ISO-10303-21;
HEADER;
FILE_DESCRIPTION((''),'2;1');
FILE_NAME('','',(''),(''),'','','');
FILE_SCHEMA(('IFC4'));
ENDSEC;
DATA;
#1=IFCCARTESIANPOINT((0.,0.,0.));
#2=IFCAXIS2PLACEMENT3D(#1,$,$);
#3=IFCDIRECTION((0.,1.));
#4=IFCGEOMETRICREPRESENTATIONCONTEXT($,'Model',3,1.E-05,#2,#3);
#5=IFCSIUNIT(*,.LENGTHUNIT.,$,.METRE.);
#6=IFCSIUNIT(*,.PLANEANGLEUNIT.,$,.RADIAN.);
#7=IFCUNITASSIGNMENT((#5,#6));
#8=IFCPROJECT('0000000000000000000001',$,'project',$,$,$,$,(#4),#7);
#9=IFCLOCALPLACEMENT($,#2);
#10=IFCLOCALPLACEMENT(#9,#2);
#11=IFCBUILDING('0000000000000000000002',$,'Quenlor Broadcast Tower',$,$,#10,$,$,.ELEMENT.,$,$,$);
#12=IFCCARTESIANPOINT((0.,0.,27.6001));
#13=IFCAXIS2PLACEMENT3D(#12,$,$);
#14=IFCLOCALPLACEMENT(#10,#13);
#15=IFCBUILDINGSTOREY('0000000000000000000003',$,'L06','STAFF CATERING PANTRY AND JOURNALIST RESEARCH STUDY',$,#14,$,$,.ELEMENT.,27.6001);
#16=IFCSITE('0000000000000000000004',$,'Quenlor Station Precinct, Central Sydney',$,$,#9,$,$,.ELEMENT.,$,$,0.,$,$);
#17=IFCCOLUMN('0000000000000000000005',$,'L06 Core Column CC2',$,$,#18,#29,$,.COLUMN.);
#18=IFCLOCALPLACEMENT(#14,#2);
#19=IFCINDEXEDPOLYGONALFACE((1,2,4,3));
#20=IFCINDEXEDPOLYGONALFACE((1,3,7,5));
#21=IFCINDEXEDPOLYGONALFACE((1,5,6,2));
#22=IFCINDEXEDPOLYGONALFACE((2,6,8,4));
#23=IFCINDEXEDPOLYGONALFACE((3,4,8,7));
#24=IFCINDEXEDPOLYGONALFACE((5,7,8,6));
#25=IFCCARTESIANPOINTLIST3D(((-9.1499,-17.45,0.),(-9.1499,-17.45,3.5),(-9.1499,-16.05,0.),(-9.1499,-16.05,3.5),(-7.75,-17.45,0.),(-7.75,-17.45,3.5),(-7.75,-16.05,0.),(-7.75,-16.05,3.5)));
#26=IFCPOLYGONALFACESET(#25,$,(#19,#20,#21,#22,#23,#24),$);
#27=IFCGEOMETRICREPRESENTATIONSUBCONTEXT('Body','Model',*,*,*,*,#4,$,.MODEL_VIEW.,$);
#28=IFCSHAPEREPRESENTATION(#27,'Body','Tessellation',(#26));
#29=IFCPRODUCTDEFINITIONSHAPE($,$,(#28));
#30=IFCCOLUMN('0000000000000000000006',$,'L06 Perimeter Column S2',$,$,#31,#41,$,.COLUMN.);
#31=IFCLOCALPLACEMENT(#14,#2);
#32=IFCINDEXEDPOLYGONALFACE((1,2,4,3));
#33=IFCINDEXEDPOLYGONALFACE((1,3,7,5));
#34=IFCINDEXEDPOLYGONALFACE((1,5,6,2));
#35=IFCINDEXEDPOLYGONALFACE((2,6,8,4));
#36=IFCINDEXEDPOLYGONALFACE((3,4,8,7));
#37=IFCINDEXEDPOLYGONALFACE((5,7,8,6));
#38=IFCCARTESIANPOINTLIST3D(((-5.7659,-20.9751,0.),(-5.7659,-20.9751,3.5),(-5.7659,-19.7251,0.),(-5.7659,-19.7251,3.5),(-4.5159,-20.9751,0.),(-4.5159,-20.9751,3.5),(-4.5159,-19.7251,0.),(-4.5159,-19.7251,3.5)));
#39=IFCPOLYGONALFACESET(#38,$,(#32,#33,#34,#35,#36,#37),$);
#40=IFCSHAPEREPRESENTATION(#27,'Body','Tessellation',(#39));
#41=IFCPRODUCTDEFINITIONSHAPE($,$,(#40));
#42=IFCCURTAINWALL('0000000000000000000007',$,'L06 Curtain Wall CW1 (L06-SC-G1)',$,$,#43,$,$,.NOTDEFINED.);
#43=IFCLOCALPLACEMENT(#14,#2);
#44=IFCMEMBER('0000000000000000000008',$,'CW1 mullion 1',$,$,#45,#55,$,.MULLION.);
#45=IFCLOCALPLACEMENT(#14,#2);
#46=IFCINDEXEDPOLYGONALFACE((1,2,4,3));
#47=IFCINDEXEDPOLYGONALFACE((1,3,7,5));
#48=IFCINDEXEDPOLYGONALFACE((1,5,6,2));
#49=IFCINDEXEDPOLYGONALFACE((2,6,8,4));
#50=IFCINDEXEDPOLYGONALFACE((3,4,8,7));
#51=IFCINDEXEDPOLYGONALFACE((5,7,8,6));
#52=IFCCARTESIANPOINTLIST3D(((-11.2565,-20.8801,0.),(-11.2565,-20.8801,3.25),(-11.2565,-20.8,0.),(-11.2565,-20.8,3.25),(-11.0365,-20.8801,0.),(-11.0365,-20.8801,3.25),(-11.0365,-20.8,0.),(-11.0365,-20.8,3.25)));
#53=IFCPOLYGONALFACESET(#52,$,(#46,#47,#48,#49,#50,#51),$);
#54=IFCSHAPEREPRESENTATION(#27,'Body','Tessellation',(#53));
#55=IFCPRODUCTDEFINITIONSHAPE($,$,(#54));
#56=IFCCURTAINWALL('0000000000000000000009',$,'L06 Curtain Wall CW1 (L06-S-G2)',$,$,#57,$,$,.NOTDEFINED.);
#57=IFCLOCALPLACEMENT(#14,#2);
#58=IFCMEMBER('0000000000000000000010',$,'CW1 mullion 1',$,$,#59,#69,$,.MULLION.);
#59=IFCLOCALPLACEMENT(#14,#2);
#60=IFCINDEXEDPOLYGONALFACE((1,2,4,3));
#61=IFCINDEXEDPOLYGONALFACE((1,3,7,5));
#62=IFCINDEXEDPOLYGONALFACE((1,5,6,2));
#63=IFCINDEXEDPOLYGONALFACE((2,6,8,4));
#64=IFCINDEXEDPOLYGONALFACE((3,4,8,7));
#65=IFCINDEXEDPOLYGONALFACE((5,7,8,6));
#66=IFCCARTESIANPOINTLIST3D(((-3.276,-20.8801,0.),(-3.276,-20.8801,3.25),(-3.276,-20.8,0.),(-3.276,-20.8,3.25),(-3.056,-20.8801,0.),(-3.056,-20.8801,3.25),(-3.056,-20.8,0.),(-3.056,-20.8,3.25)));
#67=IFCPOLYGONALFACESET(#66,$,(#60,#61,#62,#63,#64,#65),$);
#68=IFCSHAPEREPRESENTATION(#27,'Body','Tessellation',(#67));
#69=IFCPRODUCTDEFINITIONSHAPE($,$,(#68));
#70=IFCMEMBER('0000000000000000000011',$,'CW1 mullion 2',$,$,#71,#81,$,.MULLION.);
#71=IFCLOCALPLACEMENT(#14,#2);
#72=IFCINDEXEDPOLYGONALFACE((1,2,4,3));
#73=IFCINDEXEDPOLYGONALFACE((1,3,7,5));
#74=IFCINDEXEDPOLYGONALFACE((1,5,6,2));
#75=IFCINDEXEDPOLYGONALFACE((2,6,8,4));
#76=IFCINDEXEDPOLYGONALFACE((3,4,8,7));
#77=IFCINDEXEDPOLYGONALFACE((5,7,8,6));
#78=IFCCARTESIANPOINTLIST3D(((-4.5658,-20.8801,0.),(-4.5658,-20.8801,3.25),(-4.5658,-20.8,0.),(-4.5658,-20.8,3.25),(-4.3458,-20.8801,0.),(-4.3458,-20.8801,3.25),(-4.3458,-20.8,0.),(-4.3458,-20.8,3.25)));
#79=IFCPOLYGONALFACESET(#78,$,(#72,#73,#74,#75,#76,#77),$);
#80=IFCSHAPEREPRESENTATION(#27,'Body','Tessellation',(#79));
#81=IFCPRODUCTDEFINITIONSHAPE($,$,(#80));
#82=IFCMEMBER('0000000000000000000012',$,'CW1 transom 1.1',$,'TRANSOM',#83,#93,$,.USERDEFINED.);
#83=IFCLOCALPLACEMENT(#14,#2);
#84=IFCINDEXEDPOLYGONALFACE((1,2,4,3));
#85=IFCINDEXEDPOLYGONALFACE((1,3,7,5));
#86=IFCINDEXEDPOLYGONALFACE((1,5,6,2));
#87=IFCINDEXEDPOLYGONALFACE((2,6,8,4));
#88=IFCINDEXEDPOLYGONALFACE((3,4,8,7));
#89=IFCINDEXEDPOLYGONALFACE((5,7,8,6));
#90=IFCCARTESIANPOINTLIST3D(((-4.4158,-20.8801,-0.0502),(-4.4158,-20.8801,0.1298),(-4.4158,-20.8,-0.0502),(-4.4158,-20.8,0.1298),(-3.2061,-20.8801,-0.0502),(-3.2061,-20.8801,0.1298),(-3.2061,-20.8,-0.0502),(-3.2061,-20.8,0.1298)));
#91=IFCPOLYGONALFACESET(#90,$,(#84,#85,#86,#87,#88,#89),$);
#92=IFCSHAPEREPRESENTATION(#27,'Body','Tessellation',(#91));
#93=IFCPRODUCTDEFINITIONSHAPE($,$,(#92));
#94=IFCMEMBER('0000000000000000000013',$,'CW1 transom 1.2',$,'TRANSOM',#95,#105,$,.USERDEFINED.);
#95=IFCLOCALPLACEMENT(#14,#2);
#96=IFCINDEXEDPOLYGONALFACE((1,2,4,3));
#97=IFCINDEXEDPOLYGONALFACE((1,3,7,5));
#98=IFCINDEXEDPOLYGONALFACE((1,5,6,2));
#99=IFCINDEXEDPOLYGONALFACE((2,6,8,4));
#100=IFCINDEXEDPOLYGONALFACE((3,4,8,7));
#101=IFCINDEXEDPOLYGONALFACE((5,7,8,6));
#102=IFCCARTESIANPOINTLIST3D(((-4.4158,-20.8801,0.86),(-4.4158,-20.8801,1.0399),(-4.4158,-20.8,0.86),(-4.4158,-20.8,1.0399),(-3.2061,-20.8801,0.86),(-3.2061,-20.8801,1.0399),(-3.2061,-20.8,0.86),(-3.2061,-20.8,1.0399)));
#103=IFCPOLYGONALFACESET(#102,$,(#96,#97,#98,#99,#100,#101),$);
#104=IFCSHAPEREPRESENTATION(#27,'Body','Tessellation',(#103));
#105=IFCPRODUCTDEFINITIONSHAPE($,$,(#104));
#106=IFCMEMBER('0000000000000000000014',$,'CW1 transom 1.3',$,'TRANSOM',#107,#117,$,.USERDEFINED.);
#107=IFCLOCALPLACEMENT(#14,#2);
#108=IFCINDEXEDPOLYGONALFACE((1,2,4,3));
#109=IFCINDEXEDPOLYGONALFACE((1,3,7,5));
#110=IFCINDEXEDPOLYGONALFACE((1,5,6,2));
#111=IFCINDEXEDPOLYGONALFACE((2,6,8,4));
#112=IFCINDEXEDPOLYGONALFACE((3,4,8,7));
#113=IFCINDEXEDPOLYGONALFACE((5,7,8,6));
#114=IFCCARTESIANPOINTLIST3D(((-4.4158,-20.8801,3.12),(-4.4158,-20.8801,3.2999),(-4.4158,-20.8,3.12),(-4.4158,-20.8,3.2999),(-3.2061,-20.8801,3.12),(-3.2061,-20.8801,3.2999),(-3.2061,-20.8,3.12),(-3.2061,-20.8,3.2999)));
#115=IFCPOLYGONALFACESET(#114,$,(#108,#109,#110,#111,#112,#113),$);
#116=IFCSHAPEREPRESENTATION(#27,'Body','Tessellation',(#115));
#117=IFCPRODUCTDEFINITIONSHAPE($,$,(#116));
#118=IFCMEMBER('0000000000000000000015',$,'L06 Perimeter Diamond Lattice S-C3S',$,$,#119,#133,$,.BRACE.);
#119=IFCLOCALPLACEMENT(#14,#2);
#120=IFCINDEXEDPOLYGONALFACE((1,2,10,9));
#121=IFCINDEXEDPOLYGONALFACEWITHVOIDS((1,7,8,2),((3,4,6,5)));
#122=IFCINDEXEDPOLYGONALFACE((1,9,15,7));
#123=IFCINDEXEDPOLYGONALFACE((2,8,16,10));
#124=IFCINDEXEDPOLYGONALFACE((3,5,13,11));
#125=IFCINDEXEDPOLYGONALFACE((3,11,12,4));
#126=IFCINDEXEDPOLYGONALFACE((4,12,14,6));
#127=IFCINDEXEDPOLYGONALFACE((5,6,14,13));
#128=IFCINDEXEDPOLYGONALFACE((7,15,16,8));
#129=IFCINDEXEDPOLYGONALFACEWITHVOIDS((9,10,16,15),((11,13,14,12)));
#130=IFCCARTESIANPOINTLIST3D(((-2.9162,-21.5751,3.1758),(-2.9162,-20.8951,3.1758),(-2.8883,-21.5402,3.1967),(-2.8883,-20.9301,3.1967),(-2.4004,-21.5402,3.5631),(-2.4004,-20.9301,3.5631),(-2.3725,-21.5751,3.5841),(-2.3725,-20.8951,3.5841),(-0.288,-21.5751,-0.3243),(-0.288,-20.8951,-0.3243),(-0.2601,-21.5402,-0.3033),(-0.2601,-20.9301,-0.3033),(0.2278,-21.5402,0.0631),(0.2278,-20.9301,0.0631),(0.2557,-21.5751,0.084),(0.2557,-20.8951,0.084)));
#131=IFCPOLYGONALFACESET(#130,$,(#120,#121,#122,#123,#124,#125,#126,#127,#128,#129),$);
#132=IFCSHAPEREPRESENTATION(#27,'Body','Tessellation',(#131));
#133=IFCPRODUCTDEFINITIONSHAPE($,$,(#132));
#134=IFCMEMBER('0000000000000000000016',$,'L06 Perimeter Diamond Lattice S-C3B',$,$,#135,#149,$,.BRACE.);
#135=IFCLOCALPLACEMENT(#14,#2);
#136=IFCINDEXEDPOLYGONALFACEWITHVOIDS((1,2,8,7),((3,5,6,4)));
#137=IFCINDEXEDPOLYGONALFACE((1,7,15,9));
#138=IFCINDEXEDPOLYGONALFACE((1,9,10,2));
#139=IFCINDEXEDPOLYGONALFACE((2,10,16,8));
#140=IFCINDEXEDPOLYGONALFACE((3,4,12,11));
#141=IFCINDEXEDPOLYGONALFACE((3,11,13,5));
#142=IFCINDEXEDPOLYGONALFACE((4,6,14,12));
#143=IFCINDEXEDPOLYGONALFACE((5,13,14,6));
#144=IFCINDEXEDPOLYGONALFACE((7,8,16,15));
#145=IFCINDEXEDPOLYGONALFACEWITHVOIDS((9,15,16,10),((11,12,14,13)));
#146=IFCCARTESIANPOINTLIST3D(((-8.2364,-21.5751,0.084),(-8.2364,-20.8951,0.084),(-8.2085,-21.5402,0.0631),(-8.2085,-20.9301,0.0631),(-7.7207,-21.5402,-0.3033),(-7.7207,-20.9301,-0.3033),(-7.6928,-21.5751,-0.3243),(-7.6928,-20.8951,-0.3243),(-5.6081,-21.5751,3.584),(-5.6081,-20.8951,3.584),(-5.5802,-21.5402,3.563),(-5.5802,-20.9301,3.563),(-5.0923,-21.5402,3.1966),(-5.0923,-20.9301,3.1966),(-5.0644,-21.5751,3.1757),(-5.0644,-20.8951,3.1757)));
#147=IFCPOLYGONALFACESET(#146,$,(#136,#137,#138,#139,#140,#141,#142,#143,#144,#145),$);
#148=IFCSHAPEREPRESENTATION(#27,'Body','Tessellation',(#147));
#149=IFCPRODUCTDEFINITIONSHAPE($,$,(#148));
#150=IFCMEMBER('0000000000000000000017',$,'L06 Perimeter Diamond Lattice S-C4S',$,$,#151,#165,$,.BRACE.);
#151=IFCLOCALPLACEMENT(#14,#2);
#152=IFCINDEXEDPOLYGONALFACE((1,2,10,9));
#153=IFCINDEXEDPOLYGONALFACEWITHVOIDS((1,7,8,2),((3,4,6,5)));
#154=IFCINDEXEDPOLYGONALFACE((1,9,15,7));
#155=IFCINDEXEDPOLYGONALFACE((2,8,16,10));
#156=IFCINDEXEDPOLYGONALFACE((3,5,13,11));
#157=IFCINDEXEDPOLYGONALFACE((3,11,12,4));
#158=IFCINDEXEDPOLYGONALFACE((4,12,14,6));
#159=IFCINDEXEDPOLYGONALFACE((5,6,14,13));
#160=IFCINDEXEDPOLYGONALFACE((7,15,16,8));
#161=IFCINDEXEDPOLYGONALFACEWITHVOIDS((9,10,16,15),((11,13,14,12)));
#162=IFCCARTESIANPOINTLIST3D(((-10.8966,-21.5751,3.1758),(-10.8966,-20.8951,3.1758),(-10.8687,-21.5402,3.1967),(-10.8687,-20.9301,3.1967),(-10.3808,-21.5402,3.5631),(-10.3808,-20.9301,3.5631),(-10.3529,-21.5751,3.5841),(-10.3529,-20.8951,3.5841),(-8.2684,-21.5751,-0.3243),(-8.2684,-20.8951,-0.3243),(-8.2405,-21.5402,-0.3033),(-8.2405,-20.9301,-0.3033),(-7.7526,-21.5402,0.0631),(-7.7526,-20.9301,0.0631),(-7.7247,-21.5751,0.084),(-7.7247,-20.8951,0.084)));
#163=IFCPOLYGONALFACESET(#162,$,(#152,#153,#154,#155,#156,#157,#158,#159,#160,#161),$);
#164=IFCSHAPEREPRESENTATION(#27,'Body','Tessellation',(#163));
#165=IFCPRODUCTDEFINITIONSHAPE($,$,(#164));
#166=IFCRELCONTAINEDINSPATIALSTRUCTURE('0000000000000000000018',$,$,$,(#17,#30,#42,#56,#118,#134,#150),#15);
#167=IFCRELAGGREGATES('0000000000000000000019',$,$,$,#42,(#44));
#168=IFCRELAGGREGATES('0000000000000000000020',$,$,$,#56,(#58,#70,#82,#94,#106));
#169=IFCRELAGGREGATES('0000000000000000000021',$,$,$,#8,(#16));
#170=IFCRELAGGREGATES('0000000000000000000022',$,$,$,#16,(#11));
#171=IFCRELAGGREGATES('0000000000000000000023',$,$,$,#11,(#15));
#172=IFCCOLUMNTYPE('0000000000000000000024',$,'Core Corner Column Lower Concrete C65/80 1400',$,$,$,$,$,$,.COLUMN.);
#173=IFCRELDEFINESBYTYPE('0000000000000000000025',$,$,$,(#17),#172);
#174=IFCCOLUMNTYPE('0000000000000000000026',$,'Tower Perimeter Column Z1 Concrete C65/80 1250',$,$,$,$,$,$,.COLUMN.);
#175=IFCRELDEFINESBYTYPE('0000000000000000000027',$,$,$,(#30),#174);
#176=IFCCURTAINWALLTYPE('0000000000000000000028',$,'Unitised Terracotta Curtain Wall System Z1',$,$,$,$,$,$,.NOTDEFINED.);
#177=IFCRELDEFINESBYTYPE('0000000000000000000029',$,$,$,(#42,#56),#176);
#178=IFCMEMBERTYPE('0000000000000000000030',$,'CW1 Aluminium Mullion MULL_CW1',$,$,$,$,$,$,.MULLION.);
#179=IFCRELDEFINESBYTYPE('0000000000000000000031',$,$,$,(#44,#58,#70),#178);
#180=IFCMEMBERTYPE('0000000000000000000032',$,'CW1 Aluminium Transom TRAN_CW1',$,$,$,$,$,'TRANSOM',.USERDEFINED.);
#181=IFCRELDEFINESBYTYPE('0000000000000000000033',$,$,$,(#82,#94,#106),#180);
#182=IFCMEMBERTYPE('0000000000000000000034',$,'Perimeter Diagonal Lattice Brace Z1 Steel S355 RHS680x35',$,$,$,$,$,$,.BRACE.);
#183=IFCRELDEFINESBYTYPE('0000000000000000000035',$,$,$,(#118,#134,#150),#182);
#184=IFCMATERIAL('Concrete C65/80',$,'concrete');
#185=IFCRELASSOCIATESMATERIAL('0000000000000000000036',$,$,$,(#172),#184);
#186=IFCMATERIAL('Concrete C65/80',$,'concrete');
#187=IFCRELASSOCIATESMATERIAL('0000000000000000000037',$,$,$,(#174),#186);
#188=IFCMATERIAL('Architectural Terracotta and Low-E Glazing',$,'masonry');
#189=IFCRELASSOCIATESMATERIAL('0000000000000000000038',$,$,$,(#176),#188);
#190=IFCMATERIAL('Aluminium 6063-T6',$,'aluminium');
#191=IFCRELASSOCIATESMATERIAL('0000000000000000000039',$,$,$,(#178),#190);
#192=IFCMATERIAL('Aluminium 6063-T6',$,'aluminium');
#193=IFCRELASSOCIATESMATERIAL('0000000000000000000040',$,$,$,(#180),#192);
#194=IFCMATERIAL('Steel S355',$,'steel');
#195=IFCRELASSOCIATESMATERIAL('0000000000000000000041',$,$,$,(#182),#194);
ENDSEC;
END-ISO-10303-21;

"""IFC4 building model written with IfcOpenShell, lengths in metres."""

from ifc_helpers import new_model, si_unit, direction, frame, origin, origin_2d, place, context, subcontext, project, spatial, rectangle, hollow_rectangle, extrude, material, material_profile, profile_set, type_object, element, aggregate, save


model = new_model("IFC4")

# Units and contexts
model_context = context("Model", 3, precision=1e-05, world=origin(), true_north=direction((0.0, 1.0)))
body_context = subcontext(model_context, "Body", "Model", "MODEL_VIEW")
ifc_project = project(units=[si_unit("LENGTHUNIT", "METRE"), si_unit("PLANEANGLEUNIT", "RADIAN")], contexts=[model_context])

# Site, building, storey
site_placement = place(None, origin())
site = spatial("IfcSite", under=ifc_project, at=site_placement, Name="Quenlor Station Precinct, Central Sydney", CompositionType="ELEMENT", RefElevation=0.0)
building_placement = place(site_placement, origin())
building = spatial("IfcBuilding", under=site, at=building_placement, Name="Quenlor Broadcast Tower", CompositionType="ELEMENT")
storey_placement = place(building_placement, frame((0.0, 0.0, 27.6001)))
storey = spatial("IfcBuildingStorey", under=building, at=storey_placement, Name="L06", Description="STAFF CATERING PANTRY AND JOURNALIST RESEARCH STUDY", CompositionType="ELEMENT", Elevation=27.6001)

# Columns
ifc_material_1 = material(Name="Concrete C65/80", Category="concrete")
ifc_material_profile_1 = material_profile(ifc_material_1, rectangle(XDim=1.3999, YDim=1.3999, at=origin_2d()))
ifc_profile_set_1 = profile_set([ifc_material_profile_1], Name="Concrete C65/80 RC1400x1400")
column_type_1 = type_object("IfcColumnType", Name="Core Corner Column Lower Concrete C65/80 1400", PredefinedType="COLUMN", material=ifc_profile_set_1)
column_1_placement = place(storey_placement, frame((-8.45, -16.75, 0.0), z_axis=(0.0, 0.0, 1.0), x_axis=(1.0, 0.0, 0.0)))
element("IfcColumn", 1, at=column_1_placement, inside=storey, type_object=column_type_1, Name="L06 Core Column CC2", PredefinedType="COLUMN", context=body_context, shape_type="SweptSolid", body=[
    extrude(rectangle(XDim=1.3999, YDim=1.3999, at=origin_2d()), origin(), (0.0, 0.0, 1.0), 3.5),
])
ifc_material_2 = material(Name="Concrete C65/80", Category="concrete")
ifc_material_profile_2 = material_profile(ifc_material_2, rectangle(XDim=1.25, YDim=1.25, at=origin_2d()))
ifc_profile_set_2 = profile_set([ifc_material_profile_2], Name="Concrete C65/80 RC1250x1250")
column_type_2 = type_object("IfcColumnType", Name="Tower Perimeter Column Z1 Concrete C65/80 1250", PredefinedType="COLUMN", material=ifc_profile_set_2)
column_2_placement = place(storey_placement, frame((-5.1409, -20.3501, 0.0), z_axis=(0.0, 0.0, 1.0), x_axis=(0.0, 1.0, 0.0)))
element("IfcColumn", 2, at=column_2_placement, inside=storey, type_object=column_type_2, Name="L06 Perimeter Column S2", PredefinedType="COLUMN", context=body_context, shape_type="SweptSolid", body=[
    extrude(rectangle(XDim=1.25, YDim=1.25, at=origin_2d()), origin(), (0.0, 0.0, 1.0), 3.5),
])

# Curtain wall, member
ifc_material_3 = material(Name="Architectural Terracotta and Low-E Glazing", Category="masonry")
curtain_wall_type = type_object("IfcCurtainWallType", Name="Unitised Terracotta Curtain Wall System Z1", PredefinedType="NOTDEFINED", material=ifc_material_3)
curtain_wall_1_placement = place(storey_placement, origin())
curtain_wall_1 = element("IfcCurtainWall", 3, at=curtain_wall_1_placement, inside=storey, type_object=curtain_wall_type, Name="L06 Curtain Wall CW1 (L06-SC-G1)", PredefinedType="NOTDEFINED")
ifc_material_4 = material(Name="Aluminium 6063-T6", Category="aluminium")
ifc_material_profile_3 = material_profile(ifc_material_4, rectangle(XDim=0.0801, YDim=0.22, at=origin_2d()))
ifc_profile_set_3 = profile_set([ifc_material_profile_3], Name="Aluminium 6063-T6 MULL80x220")
member_type_1 = type_object("IfcMemberType", Name="CW1 Aluminium Mullion MULL_CW1", PredefinedType="MULLION", material=ifc_profile_set_3)
member_1_placement = place(storey_placement, frame((-11.1465, -20.8401, 0.0), z_axis=(0.0, 0.0, 1.0), x_axis=(0.0, -1.0, 0.0)))
member_1 = element("IfcMember", 4, at=member_1_placement, type_object=member_type_1, Name="CW1 mullion 1", PredefinedType="MULLION", context=body_context, shape_type="SweptSolid", body=[
    extrude(rectangle(XDim=0.0801, YDim=0.22, at=origin_2d()), origin(), (0.0, 0.0, 1.0), 3.25),
])
aggregate(curtain_wall_1, [member_1])

# Curtain wall, members
curtain_wall_2_placement = place(storey_placement, origin())
curtain_wall_2 = element("IfcCurtainWall", 5, at=curtain_wall_2_placement, inside=storey, type_object=curtain_wall_type, Name="L06 Curtain Wall CW1 (L06-S-G2)", PredefinedType="NOTDEFINED")
member_2_placement = place(storey_placement, frame((-3.166, -20.8401, 0.0), z_axis=(0.0, 0.0, 1.0), x_axis=(0.0, -1.0, 0.0)))
member_2 = element("IfcMember", 6, at=member_2_placement, type_object=member_type_1, Name="CW1 mullion 1", PredefinedType="MULLION", context=body_context, shape_type="SweptSolid", body=[
    extrude(rectangle(XDim=0.0801, YDim=0.22, at=origin_2d()), origin(), (0.0, 0.0, 1.0), 3.25),
])
member_3_placement = place(storey_placement, frame((-4.4558, -20.8401, 0.0), z_axis=(0.0, 0.0, 1.0), x_axis=(0.0, -1.0, 0.0)))
member_3 = element("IfcMember", 7, at=member_3_placement, type_object=member_type_1, Name="CW1 mullion 2", PredefinedType="MULLION", context=body_context, shape_type="SweptSolid", body=[
    extrude(rectangle(XDim=0.0801, YDim=0.22, at=origin_2d()), origin(), (0.0, 0.0, 1.0), 3.25),
])
ifc_material_5 = material(Name="Aluminium 6063-T6", Category="aluminium")
ifc_material_profile_4 = material_profile(ifc_material_5, rectangle(XDim=0.0801, YDim=0.1799, at=origin_2d()))
ifc_profile_set_4 = profile_set([ifc_material_profile_4], Name="Aluminium 6063-T6 TRAN80x180")
member_type_2 = type_object("IfcMemberType", Name="CW1 Aluminium Transom TRAN_CW1", ElementType="TRANSOM", PredefinedType="USERDEFINED", material=ifc_profile_set_4)
member_4_placement = place(storey_placement, frame((-3.2061, -20.8401, 0.0398), z_axis=(-1.0, 0.0, 0.0), x_axis=(0.0, -1.0, 0.0)))
member_4 = element("IfcMember", 8, at=member_4_placement, type_object=member_type_2, Name="CW1 transom 1.1", ObjectType="TRANSOM", PredefinedType="USERDEFINED", context=body_context, shape_type="SweptSolid", body=[
    extrude(rectangle(XDim=0.0801, YDim=0.1799, at=origin_2d()), origin(), (0.0, 0.0, 1.0), 1.2097),
])
member_5_placement = place(storey_placement, frame((-3.2061, -20.8401, 0.95), z_axis=(-1.0, 0.0, 0.0), x_axis=(0.0, -1.0, 0.0)))
member_5 = element("IfcMember", 9, at=member_5_placement, type_object=member_type_2, Name="CW1 transom 1.2", ObjectType="TRANSOM", PredefinedType="USERDEFINED", context=body_context, shape_type="SweptSolid", body=[
    extrude(rectangle(XDim=0.0801, YDim=0.1799, at=origin_2d()), origin(), (0.0, 0.0, 1.0), 1.2097),
])
member_6_placement = place(storey_placement, frame((-3.2061, -20.8401, 3.21), z_axis=(-1.0, 0.0, 0.0), x_axis=(0.0, -1.0, 0.0)))
member_6 = element("IfcMember", 10, at=member_6_placement, type_object=member_type_2, Name="CW1 transom 1.3", ObjectType="TRANSOM", PredefinedType="USERDEFINED", context=body_context, shape_type="SweptSolid", body=[
    extrude(rectangle(XDim=0.0801, YDim=0.1799, at=origin_2d()), origin(), (0.0, 0.0, 1.0), 1.2097),
])

# Members
ifc_material_6 = material(Name="Steel S355", Category="steel")
ifc_material_profile_5 = material_profile(ifc_material_6, hollow_rectangle(XDim=0.6799, YDim=0.6799, WallThickness=0.0349, at=origin_2d()))
ifc_profile_set_5 = profile_set([ifc_material_profile_5], Name="Steel S355 RHS680x680x35")
member_type_3 = type_object("IfcMemberType", Name="Perimeter Diagonal Lattice Brace Z1 Steel S355 RHS680x35", PredefinedType="BRACE", material=ifc_profile_set_5)
for number, where, z_axis, x_axis, name in (
    (11, (-0.0161, -21.2351, -0.1201), (-0.600464, 0.0, 0.799652), (0.0, -1.0, 0.0), "L06 Perimeter Diamond Lattice S-C3S"),
    (12, (-7.9646, -21.2351, -0.1201), (0.6005, 0.0, 0.799625), (0.0, 1.0, 0.0), "L06 Perimeter Diamond Lattice S-C3B"),
    (13, (-7.9966, -21.2351, -0.1201), (-0.600464, 0.0, 0.799652), (0.0, -1.0, 0.0), "L06 Perimeter Diamond Lattice S-C4S"),
):
    element("IfcMember", number, at=place(storey_placement, frame(where, z_axis=z_axis, x_axis=x_axis)), inside=storey, type_object=member_type_3, Name=name, PredefinedType="BRACE", context=body_context, shape_type="SweptSolid", body=[
        extrude(hollow_rectangle(XDim=0.6799, YDim=0.6799, WallThickness=0.0349, at=origin_2d()), origin(), (0.0, 0.0, 1.0), 4.377),
    ])

aggregate(curtain_wall_2, [member_2, member_3, member_4, member_5, member_6])

save(model, "model.ifc")
